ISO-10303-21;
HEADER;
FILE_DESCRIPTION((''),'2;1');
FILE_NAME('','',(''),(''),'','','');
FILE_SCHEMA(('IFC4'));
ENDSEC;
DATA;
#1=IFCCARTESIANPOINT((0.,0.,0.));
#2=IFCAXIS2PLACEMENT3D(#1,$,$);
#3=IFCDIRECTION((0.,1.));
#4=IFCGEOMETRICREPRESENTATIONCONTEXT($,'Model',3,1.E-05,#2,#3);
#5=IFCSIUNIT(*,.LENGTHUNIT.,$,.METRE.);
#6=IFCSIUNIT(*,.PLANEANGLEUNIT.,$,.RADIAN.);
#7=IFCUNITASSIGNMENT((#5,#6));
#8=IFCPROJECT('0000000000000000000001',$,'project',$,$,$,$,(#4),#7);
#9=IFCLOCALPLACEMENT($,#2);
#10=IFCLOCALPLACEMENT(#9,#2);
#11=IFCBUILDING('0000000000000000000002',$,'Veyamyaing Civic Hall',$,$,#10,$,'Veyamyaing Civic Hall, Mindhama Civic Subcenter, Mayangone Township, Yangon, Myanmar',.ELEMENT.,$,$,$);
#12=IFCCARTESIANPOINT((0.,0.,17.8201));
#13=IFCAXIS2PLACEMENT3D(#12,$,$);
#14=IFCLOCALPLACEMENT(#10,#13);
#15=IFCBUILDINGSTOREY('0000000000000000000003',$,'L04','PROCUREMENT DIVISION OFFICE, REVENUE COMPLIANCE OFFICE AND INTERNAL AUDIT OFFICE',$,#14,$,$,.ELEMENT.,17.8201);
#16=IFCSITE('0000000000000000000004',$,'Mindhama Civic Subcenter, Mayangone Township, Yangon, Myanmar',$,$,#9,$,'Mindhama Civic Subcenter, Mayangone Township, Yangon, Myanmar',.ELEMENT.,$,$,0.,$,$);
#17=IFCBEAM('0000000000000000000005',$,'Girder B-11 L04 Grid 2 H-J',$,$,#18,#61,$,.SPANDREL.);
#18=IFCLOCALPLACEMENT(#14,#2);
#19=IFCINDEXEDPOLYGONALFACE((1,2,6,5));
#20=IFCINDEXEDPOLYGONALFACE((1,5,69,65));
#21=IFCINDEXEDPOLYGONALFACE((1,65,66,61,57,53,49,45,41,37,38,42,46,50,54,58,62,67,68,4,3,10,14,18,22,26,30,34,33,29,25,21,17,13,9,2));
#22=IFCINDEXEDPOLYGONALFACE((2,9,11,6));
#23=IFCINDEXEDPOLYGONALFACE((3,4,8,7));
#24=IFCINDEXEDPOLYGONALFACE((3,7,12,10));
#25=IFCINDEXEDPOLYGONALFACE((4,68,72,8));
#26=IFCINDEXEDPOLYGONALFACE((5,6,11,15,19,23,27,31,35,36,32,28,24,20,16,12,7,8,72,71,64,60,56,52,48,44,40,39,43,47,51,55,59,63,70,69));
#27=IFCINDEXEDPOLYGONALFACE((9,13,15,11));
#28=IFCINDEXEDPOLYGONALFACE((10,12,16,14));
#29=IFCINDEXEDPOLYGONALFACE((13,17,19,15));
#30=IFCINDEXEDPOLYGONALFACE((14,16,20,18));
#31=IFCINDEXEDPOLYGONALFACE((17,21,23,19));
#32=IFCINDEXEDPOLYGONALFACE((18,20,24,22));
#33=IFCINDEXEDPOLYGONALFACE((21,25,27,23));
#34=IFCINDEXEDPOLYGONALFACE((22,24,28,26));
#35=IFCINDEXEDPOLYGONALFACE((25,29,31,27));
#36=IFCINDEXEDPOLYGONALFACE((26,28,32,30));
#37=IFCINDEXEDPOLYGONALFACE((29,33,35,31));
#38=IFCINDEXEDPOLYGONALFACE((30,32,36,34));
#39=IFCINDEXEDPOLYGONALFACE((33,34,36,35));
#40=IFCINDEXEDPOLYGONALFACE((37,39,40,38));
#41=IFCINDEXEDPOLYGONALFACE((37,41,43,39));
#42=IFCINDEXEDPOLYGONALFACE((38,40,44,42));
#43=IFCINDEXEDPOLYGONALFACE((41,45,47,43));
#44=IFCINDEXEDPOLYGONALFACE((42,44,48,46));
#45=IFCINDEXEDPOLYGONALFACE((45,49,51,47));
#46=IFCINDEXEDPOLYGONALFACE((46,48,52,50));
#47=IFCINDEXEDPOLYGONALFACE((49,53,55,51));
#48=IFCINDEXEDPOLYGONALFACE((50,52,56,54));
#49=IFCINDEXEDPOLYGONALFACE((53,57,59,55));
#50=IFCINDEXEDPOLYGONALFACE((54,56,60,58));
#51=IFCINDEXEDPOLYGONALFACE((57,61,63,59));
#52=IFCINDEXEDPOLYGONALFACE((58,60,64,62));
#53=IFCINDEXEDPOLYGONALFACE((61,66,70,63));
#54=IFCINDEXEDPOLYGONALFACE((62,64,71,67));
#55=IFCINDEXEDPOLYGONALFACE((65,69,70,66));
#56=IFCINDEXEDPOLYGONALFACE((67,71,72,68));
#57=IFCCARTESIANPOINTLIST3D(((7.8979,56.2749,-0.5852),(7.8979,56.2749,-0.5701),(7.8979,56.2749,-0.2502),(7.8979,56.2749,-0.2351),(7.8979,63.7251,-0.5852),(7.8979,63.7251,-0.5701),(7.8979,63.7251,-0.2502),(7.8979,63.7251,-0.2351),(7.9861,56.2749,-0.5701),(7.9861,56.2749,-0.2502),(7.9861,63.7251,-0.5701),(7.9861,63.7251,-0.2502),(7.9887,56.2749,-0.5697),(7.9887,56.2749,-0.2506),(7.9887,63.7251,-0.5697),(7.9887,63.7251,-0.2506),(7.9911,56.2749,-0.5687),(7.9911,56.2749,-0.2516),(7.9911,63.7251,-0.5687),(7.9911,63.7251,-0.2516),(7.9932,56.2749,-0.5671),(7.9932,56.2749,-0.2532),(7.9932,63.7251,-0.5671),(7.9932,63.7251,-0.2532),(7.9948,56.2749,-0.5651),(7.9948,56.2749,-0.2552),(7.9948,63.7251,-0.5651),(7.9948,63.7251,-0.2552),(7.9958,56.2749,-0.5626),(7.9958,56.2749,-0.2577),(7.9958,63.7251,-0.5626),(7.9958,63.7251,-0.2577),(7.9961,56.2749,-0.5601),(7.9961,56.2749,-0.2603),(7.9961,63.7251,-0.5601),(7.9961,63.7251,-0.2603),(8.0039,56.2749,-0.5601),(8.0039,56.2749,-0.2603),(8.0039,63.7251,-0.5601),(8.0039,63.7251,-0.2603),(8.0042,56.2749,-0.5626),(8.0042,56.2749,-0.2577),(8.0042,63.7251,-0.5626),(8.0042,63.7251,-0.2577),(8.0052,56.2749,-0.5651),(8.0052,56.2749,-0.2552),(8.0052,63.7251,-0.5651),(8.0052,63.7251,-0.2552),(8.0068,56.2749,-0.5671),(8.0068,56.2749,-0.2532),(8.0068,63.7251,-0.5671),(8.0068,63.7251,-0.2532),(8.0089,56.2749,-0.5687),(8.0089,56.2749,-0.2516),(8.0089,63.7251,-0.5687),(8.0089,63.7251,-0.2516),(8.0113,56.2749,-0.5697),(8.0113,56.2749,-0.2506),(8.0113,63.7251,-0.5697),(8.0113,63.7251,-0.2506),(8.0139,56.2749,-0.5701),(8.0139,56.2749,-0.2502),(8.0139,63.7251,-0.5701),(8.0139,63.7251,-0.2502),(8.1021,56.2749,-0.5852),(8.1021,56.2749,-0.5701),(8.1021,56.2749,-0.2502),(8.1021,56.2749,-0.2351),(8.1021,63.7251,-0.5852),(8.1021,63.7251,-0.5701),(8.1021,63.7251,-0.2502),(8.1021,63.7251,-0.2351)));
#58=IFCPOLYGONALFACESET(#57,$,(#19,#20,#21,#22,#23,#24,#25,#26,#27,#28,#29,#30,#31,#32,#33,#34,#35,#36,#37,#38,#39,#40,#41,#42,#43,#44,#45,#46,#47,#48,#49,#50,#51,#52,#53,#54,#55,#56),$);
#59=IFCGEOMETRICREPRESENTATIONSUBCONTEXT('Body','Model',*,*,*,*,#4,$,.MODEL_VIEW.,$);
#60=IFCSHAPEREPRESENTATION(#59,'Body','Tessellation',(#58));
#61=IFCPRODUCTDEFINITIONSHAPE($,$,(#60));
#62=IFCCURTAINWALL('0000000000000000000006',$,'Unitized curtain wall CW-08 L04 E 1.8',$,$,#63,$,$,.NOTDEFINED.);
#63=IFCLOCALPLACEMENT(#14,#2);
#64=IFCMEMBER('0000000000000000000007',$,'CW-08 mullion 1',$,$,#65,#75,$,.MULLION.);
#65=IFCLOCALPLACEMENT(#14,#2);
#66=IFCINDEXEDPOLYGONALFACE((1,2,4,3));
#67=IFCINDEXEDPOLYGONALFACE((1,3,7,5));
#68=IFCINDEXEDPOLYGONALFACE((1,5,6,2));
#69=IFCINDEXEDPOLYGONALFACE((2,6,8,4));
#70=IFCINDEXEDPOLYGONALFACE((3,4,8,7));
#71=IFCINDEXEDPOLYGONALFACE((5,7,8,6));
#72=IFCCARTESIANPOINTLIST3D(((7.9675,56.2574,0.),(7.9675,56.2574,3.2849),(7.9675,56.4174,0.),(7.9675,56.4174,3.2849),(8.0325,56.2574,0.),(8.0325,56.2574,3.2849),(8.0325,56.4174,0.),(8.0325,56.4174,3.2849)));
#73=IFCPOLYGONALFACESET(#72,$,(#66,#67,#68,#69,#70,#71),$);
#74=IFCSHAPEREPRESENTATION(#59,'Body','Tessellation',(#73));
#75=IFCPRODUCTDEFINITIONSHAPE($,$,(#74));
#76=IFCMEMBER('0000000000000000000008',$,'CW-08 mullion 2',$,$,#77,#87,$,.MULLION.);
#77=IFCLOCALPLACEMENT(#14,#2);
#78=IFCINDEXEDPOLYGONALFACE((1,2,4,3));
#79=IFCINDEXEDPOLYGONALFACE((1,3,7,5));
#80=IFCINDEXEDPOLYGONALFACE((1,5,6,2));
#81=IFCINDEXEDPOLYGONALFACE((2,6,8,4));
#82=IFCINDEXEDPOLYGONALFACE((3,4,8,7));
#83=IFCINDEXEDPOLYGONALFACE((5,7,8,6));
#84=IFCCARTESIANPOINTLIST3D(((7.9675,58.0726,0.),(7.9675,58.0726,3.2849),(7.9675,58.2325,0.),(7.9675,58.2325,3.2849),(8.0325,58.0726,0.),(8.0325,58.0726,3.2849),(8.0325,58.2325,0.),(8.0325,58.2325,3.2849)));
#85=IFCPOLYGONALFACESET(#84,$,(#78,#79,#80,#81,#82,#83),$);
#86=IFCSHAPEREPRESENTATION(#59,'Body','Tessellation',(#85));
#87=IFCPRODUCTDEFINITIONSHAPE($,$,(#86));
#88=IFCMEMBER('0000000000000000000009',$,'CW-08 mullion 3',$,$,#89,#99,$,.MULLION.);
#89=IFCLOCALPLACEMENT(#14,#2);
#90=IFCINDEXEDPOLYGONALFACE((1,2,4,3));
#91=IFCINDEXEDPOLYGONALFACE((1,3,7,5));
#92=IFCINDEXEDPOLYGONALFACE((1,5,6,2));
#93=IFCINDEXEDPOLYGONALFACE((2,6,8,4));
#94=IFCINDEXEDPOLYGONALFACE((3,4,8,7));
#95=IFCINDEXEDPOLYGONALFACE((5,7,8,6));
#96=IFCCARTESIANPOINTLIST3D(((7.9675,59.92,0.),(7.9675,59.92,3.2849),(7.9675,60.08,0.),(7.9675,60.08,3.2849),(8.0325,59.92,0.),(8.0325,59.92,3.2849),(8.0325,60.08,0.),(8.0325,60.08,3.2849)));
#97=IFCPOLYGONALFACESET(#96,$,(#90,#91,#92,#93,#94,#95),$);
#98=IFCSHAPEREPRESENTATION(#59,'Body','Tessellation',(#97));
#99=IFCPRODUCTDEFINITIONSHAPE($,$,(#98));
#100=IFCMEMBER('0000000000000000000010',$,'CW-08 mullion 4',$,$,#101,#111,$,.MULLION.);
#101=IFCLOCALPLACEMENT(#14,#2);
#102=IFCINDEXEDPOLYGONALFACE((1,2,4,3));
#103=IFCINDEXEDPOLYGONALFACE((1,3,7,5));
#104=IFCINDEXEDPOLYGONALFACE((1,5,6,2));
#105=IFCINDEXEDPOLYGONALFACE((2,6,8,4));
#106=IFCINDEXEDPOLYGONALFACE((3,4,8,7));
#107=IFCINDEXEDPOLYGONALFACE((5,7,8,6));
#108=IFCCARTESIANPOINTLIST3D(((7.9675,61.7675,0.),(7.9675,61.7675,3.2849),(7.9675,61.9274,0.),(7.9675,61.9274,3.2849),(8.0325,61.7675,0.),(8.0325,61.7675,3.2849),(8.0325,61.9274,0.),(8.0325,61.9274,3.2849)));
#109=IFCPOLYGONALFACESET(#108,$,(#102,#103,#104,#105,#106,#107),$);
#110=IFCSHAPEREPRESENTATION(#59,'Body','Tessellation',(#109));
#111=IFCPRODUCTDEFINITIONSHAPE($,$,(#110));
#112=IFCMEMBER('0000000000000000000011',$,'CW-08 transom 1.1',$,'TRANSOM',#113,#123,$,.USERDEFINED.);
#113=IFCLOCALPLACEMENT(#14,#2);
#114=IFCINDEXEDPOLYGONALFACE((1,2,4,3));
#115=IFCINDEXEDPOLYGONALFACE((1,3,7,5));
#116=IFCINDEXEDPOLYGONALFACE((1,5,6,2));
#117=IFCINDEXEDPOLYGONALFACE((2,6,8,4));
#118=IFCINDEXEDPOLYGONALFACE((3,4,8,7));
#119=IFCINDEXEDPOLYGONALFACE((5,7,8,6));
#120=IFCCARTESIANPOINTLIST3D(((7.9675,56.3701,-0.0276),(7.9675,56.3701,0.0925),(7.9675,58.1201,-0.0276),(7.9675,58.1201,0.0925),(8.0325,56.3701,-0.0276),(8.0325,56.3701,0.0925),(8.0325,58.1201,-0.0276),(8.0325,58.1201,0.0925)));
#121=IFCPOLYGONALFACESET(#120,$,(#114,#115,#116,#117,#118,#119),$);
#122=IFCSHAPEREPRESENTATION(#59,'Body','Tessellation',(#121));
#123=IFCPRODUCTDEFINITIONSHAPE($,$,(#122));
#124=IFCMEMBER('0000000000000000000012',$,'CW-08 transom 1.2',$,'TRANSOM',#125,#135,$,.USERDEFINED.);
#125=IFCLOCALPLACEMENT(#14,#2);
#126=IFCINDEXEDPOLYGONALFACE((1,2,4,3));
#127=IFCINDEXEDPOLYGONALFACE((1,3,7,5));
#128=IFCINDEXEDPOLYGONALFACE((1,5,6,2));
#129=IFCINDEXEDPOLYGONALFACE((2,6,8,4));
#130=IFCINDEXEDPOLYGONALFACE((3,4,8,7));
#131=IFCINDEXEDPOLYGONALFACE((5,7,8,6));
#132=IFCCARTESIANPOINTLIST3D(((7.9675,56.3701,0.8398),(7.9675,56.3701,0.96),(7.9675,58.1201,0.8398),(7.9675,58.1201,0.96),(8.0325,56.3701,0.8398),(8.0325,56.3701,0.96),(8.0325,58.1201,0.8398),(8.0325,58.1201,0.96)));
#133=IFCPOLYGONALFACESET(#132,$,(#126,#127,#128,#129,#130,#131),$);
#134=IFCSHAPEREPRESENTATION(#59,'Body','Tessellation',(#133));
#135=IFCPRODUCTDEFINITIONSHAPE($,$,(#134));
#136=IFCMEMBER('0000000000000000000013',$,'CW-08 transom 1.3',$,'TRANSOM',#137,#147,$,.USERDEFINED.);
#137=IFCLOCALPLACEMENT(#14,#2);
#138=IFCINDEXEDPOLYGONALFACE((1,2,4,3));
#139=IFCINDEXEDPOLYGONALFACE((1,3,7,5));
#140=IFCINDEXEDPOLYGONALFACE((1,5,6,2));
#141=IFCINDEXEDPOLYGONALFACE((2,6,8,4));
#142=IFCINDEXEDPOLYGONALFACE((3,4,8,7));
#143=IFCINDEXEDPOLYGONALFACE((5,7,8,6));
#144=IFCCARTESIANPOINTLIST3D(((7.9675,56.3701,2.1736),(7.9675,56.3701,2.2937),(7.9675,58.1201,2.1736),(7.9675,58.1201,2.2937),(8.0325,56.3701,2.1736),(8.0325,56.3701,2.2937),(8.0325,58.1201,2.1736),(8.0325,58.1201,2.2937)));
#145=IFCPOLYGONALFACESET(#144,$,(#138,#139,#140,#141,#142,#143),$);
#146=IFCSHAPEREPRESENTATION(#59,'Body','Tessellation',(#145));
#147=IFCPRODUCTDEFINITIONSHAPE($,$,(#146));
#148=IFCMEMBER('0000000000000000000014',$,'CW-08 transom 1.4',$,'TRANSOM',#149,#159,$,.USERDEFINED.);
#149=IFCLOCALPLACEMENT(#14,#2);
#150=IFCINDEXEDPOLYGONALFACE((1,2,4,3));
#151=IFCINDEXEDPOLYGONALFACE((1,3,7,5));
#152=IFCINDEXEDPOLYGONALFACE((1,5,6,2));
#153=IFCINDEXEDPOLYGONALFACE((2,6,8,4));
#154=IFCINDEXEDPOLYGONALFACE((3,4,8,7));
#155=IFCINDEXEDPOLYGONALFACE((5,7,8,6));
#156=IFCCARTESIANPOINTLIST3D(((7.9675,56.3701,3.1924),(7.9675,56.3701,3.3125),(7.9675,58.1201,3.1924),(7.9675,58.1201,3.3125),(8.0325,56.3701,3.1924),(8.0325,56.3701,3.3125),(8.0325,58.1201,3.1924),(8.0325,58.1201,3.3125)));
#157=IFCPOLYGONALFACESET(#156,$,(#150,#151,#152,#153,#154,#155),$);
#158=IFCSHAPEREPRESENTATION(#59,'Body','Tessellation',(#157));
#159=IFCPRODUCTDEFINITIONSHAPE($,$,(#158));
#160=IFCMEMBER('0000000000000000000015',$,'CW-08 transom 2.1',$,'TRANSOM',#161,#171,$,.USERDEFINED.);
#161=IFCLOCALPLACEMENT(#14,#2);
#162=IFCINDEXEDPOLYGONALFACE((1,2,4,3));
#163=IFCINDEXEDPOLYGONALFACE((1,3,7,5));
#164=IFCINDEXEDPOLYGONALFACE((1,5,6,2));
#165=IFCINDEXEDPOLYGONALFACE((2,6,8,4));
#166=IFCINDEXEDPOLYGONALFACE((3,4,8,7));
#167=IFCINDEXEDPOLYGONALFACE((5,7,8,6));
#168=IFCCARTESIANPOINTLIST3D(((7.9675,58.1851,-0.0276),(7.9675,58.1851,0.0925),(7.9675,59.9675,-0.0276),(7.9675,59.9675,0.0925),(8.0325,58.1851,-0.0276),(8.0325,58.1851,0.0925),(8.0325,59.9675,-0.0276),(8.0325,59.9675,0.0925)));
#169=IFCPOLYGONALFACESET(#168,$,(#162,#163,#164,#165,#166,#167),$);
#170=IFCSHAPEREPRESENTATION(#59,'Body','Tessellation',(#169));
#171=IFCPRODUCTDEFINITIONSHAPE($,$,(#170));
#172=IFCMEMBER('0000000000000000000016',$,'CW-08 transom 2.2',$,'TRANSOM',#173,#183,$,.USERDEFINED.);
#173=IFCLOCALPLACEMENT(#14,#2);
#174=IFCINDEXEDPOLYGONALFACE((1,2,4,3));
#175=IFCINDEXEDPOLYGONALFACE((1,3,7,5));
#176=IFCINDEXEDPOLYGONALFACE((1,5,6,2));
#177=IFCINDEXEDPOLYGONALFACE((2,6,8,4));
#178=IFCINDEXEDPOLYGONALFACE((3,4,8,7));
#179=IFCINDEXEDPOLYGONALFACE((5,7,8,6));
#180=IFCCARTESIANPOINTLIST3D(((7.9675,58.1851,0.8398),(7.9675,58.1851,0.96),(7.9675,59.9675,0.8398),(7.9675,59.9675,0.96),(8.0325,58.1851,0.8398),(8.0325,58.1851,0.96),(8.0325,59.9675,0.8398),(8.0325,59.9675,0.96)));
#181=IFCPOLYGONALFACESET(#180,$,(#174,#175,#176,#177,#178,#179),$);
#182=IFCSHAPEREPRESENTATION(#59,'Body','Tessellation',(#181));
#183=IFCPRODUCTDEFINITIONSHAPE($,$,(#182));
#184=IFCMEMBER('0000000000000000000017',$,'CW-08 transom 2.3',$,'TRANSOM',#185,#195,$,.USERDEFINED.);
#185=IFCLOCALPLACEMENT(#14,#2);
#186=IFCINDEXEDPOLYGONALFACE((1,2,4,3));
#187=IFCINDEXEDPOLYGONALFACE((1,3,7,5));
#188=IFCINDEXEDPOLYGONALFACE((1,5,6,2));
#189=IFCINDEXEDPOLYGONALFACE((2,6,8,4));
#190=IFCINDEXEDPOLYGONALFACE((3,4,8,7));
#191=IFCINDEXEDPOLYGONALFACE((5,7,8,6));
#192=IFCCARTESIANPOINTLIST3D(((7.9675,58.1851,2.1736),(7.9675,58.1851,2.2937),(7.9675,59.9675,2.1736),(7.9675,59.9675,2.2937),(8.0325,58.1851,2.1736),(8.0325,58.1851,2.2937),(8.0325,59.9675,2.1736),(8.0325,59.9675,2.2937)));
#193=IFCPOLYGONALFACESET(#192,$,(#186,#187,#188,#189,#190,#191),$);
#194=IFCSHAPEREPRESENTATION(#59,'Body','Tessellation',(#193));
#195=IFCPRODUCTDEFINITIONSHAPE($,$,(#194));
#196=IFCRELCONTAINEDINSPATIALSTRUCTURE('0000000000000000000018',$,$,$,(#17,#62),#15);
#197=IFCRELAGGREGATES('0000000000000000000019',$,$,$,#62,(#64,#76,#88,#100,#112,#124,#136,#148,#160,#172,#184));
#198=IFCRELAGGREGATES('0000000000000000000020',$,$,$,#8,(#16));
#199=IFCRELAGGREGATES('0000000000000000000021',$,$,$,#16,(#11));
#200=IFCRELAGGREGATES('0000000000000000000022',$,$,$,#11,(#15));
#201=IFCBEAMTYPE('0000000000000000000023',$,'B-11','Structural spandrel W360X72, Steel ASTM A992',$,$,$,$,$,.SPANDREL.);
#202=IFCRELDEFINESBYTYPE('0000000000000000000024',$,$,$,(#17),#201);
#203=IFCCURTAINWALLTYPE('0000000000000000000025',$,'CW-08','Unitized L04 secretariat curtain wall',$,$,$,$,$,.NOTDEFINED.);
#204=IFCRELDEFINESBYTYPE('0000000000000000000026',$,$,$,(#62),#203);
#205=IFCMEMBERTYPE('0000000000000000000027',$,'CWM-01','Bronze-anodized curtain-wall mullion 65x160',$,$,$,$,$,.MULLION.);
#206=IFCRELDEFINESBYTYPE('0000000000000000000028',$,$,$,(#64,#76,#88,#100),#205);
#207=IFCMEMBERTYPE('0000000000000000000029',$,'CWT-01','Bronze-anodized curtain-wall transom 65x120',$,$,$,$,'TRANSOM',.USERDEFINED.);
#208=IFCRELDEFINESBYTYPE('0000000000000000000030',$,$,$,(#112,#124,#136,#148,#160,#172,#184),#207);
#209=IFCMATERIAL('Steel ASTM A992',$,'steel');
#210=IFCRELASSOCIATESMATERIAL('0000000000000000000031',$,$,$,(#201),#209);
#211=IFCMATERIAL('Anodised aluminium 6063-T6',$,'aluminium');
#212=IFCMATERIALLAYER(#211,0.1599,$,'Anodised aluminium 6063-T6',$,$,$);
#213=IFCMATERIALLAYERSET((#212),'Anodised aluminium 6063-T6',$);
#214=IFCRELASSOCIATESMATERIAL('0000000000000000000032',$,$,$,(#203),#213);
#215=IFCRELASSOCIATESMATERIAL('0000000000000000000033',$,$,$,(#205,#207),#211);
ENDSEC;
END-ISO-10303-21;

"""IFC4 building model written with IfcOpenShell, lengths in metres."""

from ifc_helpers import new_model, si_unit, direction, frame, origin, origin_2d, place, context, subcontext, project, spatial, rectangle, i_section, extrude, material, layer, layer_set, material_profile, profile_set, type_object, element, aggregate, save


model = new_model("IFC4")

# Units and contexts
model_context = context("Model", 3, precision=1e-05, world=origin(), true_north=direction((0.0, 1.0)))
body_context = subcontext(model_context, "Body", "Model", "MODEL_VIEW")
ifc_project = project(units=[si_unit("LENGTHUNIT", "METRE"), si_unit("PLANEANGLEUNIT", "RADIAN")], contexts=[model_context])

# Site, building, storey
site_placement = place(None, origin())
site = spatial("IfcSite", under=ifc_project, at=site_placement, Name="Mindhama Civic Subcenter, Mayangone Township, Yangon, Myanmar", LongName="Mindhama Civic Subcenter, Mayangone Township, Yangon, Myanmar", CompositionType="ELEMENT", RefElevation=0.0)
building_placement = place(site_placement, origin())
building = spatial("IfcBuilding", under=site, at=building_placement, Name="Veyamyaing Civic Hall", LongName="Veyamyaing Civic Hall, Mindhama Civic Subcenter, Mayangone Township, Yangon, Myanmar", CompositionType="ELEMENT")
storey_placement = place(building_placement, frame((0.0, 0.0, 17.8201)))
storey = spatial("IfcBuildingStorey", under=building, at=storey_placement, Name="L04", Description="PROCUREMENT DIVISION OFFICE, REVENUE COMPLIANCE OFFICE AND INTERNAL AUDIT OFFICE", CompositionType="ELEMENT", Elevation=17.8201)

# Beam
ifc_material_1 = material(Name="Steel ASTM A992", Category="steel")
ifc_material_profile_1 = material_profile(ifc_material_1, i_section(OverallWidth=0.2041, OverallDepth=0.3501, WebThickness=0.0078, FlangeThickness=0.0151, FilletRadius=0.01, at=origin_2d()), Name="W360X72")
ifc_profile_set_1 = profile_set([ifc_material_profile_1], Name="Steel ASTM A992")
beam_type = type_object("IfcBeamType", Name="B-11", Description="Structural spandrel W360X72, Steel ASTM A992", PredefinedType="SPANDREL", material=ifc_profile_set_1)
beam_placement = place(storey_placement, frame((8.0, 56.2749, -0.4102), z_axis=(0.0, 1.0, 0.0), x_axis=(-1.0, 0.0, 0.0)))
element("IfcBeam", 1, at=beam_placement, inside=storey, type_object=beam_type, Name="Girder B-11 L04 Grid 2 H-J", PredefinedType="SPANDREL", context=body_context, shape_type="SweptSolid", body=[
    extrude(i_section(OverallWidth=0.2041, OverallDepth=0.3501, WebThickness=0.0078, FlangeThickness=0.0151, FilletRadius=0.01, at=origin_2d()), origin(), (0.0, 0.0, 1.0), 7.4502),
])

# Curtain wall, members
ifc_material_2 = material(Name="Anodised aluminium 6063-T6", Category="aluminium")
ifc_layer_1 = layer(ifc_material_2, 0.1599, Name="Anodised aluminium 6063-T6")
ifc_layer_set_1 = layer_set([ifc_layer_1], Name="Anodised aluminium 6063-T6")
curtain_wall_type = type_object("IfcCurtainWallType", Name="CW-08", Description="Unitized L04 secretariat curtain wall", PredefinedType="NOTDEFINED", material=ifc_layer_set_1)
curtain_wall_placement = place(storey_placement, origin())
curtain_wall = element("IfcCurtainWall", 2, at=curtain_wall_placement, inside=storey, type_object=curtain_wall_type, Name="Unitized curtain wall CW-08 L04 E 1.8", PredefinedType="NOTDEFINED")
ifc_material_profile_2 = material_profile(ifc_material_2, rectangle(XDim=0.0649, YDim=0.1599, at=origin_2d()), Name="ALU-MUL-65X160")
ifc_profile_set_2 = profile_set([ifc_material_profile_2], Name="Anodised aluminium 6063-T6")
member_type_1 = type_object("IfcMemberType", Name="CWM-01", Description="Bronze-anodized curtain-wall mullion 65x160", PredefinedType="MULLION", material=ifc_profile_set_2)
member_1_placement = place(storey_placement, frame((8.0, 56.3374, 0.0), z_axis=(0.0, 0.0, 1.0), x_axis=(-1.0, 0.0, 0.0)))
member_1 = element("IfcMember", 3, at=member_1_placement, type_object=member_type_1, Name="CW-08 mullion 1", PredefinedType="MULLION", context=body_context, shape_type="SweptSolid", body=[
    extrude(rectangle(XDim=0.0649, YDim=0.1599, at=origin_2d()), origin(), (0.0, 0.0, 1.0), 3.2849),
])
member_2_placement = place(storey_placement, frame((8.0, 58.1526, 0.0), z_axis=(0.0, 0.0, 1.0), x_axis=(-1.0, 0.0, 0.0)))
member_2 = element("IfcMember", 4, at=member_2_placement, type_object=member_type_1, Name="CW-08 mullion 2", PredefinedType="MULLION", context=body_context, shape_type="SweptSolid", body=[
    extrude(rectangle(XDim=0.0649, YDim=0.1599, at=origin_2d()), origin(), (0.0, 0.0, 1.0), 3.2849),
])
member_3_placement = place(storey_placement, frame((8.0, 60.0, 0.0), z_axis=(0.0, 0.0, 1.0), x_axis=(-1.0, 0.0, 0.0)))
member_3 = element("IfcMember", 5, at=member_3_placement, type_object=member_type_1, Name="CW-08 mullion 3", PredefinedType="MULLION", context=body_context, shape_type="SweptSolid", body=[
    extrude(rectangle(XDim=0.0649, YDim=0.1599, at=origin_2d()), origin(), (0.0, 0.0, 1.0), 3.2849),
])
member_4_placement = place(storey_placement, frame((8.0, 61.8474, 0.0), z_axis=(0.0, 0.0, 1.0), x_axis=(-1.0, 0.0, 0.0)))
member_4 = element("IfcMember", 6, at=member_4_placement, type_object=member_type_1, Name="CW-08 mullion 4", PredefinedType="MULLION", context=body_context, shape_type="SweptSolid", body=[
    extrude(rectangle(XDim=0.0649, YDim=0.1599, at=origin_2d()), origin(), (0.0, 0.0, 1.0), 3.2849),
])
ifc_material_profile_3 = material_profile(ifc_material_2, rectangle(XDim=0.0649, YDim=0.1201, at=origin_2d()), Name="ALU-TRN-65X120")
ifc_profile_set_3 = profile_set([ifc_material_profile_3], Name="Anodised aluminium 6063-T6")
member_type_2 = type_object("IfcMemberType", Name="CWT-01", Description="Bronze-anodized curtain-wall transom 65x120", ElementType="TRANSOM", PredefinedType="USERDEFINED", material=ifc_profile_set_3)
member_5_placement = place(storey_placement, frame((8.0, 56.3701, 0.0325), z_axis=(0.0, 1.0, 0.0), x_axis=(-1.0, 0.0, 0.0)))
member_5 = element("IfcMember", 7, at=member_5_placement, type_object=member_type_2, Name="CW-08 transom 1.1", ObjectType="TRANSOM", PredefinedType="USERDEFINED", context=body_context, shape_type="SweptSolid", body=[
    extrude(rectangle(XDim=0.0649, YDim=0.1201, at=origin_2d()), origin(), (0.0, 0.0, 1.0), 1.75),
])
member_6_placement = place(storey_placement, frame((8.0, 56.3701, 0.8999), z_axis=(0.0, 1.0, 0.0), x_axis=(-1.0, 0.0, 0.0)))
member_6 = element("IfcMember", 8, at=member_6_placement, type_object=member_type_2, Name="CW-08 transom 1.2", ObjectType="TRANSOM", PredefinedType="USERDEFINED", context=body_context, shape_type="SweptSolid", body=[
    extrude(rectangle(XDim=0.0649, YDim=0.1201, at=origin_2d()), origin(), (0.0, 0.0, 1.0), 1.75),
])
member_7_placement = place(storey_placement, frame((8.0, 56.3701, 2.2336), z_axis=(0.0, 1.0, 0.0), x_axis=(-1.0, 0.0, 0.0)))
member_7 = element("IfcMember", 9, at=member_7_placement, type_object=member_type_2, Name="CW-08 transom 1.3", ObjectType="TRANSOM", PredefinedType="USERDEFINED", context=body_context, shape_type="SweptSolid", body=[
    extrude(rectangle(XDim=0.0649, YDim=0.1201, at=origin_2d()), origin(), (0.0, 0.0, 1.0), 1.75),
])
member_8_placement = place(storey_placement, frame((8.0, 56.3701, 3.2524), z_axis=(0.0, 1.0, 0.0), x_axis=(-1.0, 0.0, 0.0)))
member_8 = element("IfcMember", 10, at=member_8_placement, type_object=member_type_2, Name="CW-08 transom 1.4", ObjectType="TRANSOM", PredefinedType="USERDEFINED", context=body_context, shape_type="SweptSolid", body=[
    extrude(rectangle(XDim=0.0649, YDim=0.1201, at=origin_2d()), origin(), (0.0, 0.0, 1.0), 1.75),
])
member_9_placement = place(storey_placement, frame((8.0, 58.1851, 0.0325), z_axis=(0.0, 1.0, 0.0), x_axis=(-1.0, 0.0, 0.0)))
member_9 = element("IfcMember", 11, at=member_9_placement, type_object=member_type_2, Name="CW-08 transom 2.1", ObjectType="TRANSOM", PredefinedType="USERDEFINED", context=body_context, shape_type="SweptSolid", body=[
    extrude(rectangle(XDim=0.0649, YDim=0.1201, at=origin_2d()), origin(), (0.0, 0.0, 1.0), 1.7825),
])
member_10_placement = place(storey_placement, frame((8.0, 58.1851, 0.8999), z_axis=(0.0, 1.0, 0.0), x_axis=(-1.0, 0.0, 0.0)))
member_10 = element("IfcMember", 12, at=member_10_placement, type_object=member_type_2, Name="CW-08 transom 2.2", ObjectType="TRANSOM", PredefinedType="USERDEFINED", context=body_context, shape_type="SweptSolid", body=[
    extrude(rectangle(XDim=0.0649, YDim=0.1201, at=origin_2d()), origin(), (0.0, 0.0, 1.0), 1.7825),
])
member_11_placement = place(storey_placement, frame((8.0, 58.1851, 2.2336), z_axis=(0.0, 1.0, 0.0), x_axis=(-1.0, 0.0, 0.0)))
member_11 = element("IfcMember", 13, at=member_11_placement, type_object=member_type_2, Name="CW-08 transom 2.3", ObjectType="TRANSOM", PredefinedType="USERDEFINED", context=body_context, shape_type="SweptSolid", body=[
    extrude(rectangle(XDim=0.0649, YDim=0.1201, at=origin_2d()), origin(), (0.0, 0.0, 1.0), 1.7825),
])
aggregate(curtain_wall, [member_1, member_2, member_3, member_4, member_5, member_6, member_7, member_8, member_9, member_10, member_11])

save(model, "model.ifc")
